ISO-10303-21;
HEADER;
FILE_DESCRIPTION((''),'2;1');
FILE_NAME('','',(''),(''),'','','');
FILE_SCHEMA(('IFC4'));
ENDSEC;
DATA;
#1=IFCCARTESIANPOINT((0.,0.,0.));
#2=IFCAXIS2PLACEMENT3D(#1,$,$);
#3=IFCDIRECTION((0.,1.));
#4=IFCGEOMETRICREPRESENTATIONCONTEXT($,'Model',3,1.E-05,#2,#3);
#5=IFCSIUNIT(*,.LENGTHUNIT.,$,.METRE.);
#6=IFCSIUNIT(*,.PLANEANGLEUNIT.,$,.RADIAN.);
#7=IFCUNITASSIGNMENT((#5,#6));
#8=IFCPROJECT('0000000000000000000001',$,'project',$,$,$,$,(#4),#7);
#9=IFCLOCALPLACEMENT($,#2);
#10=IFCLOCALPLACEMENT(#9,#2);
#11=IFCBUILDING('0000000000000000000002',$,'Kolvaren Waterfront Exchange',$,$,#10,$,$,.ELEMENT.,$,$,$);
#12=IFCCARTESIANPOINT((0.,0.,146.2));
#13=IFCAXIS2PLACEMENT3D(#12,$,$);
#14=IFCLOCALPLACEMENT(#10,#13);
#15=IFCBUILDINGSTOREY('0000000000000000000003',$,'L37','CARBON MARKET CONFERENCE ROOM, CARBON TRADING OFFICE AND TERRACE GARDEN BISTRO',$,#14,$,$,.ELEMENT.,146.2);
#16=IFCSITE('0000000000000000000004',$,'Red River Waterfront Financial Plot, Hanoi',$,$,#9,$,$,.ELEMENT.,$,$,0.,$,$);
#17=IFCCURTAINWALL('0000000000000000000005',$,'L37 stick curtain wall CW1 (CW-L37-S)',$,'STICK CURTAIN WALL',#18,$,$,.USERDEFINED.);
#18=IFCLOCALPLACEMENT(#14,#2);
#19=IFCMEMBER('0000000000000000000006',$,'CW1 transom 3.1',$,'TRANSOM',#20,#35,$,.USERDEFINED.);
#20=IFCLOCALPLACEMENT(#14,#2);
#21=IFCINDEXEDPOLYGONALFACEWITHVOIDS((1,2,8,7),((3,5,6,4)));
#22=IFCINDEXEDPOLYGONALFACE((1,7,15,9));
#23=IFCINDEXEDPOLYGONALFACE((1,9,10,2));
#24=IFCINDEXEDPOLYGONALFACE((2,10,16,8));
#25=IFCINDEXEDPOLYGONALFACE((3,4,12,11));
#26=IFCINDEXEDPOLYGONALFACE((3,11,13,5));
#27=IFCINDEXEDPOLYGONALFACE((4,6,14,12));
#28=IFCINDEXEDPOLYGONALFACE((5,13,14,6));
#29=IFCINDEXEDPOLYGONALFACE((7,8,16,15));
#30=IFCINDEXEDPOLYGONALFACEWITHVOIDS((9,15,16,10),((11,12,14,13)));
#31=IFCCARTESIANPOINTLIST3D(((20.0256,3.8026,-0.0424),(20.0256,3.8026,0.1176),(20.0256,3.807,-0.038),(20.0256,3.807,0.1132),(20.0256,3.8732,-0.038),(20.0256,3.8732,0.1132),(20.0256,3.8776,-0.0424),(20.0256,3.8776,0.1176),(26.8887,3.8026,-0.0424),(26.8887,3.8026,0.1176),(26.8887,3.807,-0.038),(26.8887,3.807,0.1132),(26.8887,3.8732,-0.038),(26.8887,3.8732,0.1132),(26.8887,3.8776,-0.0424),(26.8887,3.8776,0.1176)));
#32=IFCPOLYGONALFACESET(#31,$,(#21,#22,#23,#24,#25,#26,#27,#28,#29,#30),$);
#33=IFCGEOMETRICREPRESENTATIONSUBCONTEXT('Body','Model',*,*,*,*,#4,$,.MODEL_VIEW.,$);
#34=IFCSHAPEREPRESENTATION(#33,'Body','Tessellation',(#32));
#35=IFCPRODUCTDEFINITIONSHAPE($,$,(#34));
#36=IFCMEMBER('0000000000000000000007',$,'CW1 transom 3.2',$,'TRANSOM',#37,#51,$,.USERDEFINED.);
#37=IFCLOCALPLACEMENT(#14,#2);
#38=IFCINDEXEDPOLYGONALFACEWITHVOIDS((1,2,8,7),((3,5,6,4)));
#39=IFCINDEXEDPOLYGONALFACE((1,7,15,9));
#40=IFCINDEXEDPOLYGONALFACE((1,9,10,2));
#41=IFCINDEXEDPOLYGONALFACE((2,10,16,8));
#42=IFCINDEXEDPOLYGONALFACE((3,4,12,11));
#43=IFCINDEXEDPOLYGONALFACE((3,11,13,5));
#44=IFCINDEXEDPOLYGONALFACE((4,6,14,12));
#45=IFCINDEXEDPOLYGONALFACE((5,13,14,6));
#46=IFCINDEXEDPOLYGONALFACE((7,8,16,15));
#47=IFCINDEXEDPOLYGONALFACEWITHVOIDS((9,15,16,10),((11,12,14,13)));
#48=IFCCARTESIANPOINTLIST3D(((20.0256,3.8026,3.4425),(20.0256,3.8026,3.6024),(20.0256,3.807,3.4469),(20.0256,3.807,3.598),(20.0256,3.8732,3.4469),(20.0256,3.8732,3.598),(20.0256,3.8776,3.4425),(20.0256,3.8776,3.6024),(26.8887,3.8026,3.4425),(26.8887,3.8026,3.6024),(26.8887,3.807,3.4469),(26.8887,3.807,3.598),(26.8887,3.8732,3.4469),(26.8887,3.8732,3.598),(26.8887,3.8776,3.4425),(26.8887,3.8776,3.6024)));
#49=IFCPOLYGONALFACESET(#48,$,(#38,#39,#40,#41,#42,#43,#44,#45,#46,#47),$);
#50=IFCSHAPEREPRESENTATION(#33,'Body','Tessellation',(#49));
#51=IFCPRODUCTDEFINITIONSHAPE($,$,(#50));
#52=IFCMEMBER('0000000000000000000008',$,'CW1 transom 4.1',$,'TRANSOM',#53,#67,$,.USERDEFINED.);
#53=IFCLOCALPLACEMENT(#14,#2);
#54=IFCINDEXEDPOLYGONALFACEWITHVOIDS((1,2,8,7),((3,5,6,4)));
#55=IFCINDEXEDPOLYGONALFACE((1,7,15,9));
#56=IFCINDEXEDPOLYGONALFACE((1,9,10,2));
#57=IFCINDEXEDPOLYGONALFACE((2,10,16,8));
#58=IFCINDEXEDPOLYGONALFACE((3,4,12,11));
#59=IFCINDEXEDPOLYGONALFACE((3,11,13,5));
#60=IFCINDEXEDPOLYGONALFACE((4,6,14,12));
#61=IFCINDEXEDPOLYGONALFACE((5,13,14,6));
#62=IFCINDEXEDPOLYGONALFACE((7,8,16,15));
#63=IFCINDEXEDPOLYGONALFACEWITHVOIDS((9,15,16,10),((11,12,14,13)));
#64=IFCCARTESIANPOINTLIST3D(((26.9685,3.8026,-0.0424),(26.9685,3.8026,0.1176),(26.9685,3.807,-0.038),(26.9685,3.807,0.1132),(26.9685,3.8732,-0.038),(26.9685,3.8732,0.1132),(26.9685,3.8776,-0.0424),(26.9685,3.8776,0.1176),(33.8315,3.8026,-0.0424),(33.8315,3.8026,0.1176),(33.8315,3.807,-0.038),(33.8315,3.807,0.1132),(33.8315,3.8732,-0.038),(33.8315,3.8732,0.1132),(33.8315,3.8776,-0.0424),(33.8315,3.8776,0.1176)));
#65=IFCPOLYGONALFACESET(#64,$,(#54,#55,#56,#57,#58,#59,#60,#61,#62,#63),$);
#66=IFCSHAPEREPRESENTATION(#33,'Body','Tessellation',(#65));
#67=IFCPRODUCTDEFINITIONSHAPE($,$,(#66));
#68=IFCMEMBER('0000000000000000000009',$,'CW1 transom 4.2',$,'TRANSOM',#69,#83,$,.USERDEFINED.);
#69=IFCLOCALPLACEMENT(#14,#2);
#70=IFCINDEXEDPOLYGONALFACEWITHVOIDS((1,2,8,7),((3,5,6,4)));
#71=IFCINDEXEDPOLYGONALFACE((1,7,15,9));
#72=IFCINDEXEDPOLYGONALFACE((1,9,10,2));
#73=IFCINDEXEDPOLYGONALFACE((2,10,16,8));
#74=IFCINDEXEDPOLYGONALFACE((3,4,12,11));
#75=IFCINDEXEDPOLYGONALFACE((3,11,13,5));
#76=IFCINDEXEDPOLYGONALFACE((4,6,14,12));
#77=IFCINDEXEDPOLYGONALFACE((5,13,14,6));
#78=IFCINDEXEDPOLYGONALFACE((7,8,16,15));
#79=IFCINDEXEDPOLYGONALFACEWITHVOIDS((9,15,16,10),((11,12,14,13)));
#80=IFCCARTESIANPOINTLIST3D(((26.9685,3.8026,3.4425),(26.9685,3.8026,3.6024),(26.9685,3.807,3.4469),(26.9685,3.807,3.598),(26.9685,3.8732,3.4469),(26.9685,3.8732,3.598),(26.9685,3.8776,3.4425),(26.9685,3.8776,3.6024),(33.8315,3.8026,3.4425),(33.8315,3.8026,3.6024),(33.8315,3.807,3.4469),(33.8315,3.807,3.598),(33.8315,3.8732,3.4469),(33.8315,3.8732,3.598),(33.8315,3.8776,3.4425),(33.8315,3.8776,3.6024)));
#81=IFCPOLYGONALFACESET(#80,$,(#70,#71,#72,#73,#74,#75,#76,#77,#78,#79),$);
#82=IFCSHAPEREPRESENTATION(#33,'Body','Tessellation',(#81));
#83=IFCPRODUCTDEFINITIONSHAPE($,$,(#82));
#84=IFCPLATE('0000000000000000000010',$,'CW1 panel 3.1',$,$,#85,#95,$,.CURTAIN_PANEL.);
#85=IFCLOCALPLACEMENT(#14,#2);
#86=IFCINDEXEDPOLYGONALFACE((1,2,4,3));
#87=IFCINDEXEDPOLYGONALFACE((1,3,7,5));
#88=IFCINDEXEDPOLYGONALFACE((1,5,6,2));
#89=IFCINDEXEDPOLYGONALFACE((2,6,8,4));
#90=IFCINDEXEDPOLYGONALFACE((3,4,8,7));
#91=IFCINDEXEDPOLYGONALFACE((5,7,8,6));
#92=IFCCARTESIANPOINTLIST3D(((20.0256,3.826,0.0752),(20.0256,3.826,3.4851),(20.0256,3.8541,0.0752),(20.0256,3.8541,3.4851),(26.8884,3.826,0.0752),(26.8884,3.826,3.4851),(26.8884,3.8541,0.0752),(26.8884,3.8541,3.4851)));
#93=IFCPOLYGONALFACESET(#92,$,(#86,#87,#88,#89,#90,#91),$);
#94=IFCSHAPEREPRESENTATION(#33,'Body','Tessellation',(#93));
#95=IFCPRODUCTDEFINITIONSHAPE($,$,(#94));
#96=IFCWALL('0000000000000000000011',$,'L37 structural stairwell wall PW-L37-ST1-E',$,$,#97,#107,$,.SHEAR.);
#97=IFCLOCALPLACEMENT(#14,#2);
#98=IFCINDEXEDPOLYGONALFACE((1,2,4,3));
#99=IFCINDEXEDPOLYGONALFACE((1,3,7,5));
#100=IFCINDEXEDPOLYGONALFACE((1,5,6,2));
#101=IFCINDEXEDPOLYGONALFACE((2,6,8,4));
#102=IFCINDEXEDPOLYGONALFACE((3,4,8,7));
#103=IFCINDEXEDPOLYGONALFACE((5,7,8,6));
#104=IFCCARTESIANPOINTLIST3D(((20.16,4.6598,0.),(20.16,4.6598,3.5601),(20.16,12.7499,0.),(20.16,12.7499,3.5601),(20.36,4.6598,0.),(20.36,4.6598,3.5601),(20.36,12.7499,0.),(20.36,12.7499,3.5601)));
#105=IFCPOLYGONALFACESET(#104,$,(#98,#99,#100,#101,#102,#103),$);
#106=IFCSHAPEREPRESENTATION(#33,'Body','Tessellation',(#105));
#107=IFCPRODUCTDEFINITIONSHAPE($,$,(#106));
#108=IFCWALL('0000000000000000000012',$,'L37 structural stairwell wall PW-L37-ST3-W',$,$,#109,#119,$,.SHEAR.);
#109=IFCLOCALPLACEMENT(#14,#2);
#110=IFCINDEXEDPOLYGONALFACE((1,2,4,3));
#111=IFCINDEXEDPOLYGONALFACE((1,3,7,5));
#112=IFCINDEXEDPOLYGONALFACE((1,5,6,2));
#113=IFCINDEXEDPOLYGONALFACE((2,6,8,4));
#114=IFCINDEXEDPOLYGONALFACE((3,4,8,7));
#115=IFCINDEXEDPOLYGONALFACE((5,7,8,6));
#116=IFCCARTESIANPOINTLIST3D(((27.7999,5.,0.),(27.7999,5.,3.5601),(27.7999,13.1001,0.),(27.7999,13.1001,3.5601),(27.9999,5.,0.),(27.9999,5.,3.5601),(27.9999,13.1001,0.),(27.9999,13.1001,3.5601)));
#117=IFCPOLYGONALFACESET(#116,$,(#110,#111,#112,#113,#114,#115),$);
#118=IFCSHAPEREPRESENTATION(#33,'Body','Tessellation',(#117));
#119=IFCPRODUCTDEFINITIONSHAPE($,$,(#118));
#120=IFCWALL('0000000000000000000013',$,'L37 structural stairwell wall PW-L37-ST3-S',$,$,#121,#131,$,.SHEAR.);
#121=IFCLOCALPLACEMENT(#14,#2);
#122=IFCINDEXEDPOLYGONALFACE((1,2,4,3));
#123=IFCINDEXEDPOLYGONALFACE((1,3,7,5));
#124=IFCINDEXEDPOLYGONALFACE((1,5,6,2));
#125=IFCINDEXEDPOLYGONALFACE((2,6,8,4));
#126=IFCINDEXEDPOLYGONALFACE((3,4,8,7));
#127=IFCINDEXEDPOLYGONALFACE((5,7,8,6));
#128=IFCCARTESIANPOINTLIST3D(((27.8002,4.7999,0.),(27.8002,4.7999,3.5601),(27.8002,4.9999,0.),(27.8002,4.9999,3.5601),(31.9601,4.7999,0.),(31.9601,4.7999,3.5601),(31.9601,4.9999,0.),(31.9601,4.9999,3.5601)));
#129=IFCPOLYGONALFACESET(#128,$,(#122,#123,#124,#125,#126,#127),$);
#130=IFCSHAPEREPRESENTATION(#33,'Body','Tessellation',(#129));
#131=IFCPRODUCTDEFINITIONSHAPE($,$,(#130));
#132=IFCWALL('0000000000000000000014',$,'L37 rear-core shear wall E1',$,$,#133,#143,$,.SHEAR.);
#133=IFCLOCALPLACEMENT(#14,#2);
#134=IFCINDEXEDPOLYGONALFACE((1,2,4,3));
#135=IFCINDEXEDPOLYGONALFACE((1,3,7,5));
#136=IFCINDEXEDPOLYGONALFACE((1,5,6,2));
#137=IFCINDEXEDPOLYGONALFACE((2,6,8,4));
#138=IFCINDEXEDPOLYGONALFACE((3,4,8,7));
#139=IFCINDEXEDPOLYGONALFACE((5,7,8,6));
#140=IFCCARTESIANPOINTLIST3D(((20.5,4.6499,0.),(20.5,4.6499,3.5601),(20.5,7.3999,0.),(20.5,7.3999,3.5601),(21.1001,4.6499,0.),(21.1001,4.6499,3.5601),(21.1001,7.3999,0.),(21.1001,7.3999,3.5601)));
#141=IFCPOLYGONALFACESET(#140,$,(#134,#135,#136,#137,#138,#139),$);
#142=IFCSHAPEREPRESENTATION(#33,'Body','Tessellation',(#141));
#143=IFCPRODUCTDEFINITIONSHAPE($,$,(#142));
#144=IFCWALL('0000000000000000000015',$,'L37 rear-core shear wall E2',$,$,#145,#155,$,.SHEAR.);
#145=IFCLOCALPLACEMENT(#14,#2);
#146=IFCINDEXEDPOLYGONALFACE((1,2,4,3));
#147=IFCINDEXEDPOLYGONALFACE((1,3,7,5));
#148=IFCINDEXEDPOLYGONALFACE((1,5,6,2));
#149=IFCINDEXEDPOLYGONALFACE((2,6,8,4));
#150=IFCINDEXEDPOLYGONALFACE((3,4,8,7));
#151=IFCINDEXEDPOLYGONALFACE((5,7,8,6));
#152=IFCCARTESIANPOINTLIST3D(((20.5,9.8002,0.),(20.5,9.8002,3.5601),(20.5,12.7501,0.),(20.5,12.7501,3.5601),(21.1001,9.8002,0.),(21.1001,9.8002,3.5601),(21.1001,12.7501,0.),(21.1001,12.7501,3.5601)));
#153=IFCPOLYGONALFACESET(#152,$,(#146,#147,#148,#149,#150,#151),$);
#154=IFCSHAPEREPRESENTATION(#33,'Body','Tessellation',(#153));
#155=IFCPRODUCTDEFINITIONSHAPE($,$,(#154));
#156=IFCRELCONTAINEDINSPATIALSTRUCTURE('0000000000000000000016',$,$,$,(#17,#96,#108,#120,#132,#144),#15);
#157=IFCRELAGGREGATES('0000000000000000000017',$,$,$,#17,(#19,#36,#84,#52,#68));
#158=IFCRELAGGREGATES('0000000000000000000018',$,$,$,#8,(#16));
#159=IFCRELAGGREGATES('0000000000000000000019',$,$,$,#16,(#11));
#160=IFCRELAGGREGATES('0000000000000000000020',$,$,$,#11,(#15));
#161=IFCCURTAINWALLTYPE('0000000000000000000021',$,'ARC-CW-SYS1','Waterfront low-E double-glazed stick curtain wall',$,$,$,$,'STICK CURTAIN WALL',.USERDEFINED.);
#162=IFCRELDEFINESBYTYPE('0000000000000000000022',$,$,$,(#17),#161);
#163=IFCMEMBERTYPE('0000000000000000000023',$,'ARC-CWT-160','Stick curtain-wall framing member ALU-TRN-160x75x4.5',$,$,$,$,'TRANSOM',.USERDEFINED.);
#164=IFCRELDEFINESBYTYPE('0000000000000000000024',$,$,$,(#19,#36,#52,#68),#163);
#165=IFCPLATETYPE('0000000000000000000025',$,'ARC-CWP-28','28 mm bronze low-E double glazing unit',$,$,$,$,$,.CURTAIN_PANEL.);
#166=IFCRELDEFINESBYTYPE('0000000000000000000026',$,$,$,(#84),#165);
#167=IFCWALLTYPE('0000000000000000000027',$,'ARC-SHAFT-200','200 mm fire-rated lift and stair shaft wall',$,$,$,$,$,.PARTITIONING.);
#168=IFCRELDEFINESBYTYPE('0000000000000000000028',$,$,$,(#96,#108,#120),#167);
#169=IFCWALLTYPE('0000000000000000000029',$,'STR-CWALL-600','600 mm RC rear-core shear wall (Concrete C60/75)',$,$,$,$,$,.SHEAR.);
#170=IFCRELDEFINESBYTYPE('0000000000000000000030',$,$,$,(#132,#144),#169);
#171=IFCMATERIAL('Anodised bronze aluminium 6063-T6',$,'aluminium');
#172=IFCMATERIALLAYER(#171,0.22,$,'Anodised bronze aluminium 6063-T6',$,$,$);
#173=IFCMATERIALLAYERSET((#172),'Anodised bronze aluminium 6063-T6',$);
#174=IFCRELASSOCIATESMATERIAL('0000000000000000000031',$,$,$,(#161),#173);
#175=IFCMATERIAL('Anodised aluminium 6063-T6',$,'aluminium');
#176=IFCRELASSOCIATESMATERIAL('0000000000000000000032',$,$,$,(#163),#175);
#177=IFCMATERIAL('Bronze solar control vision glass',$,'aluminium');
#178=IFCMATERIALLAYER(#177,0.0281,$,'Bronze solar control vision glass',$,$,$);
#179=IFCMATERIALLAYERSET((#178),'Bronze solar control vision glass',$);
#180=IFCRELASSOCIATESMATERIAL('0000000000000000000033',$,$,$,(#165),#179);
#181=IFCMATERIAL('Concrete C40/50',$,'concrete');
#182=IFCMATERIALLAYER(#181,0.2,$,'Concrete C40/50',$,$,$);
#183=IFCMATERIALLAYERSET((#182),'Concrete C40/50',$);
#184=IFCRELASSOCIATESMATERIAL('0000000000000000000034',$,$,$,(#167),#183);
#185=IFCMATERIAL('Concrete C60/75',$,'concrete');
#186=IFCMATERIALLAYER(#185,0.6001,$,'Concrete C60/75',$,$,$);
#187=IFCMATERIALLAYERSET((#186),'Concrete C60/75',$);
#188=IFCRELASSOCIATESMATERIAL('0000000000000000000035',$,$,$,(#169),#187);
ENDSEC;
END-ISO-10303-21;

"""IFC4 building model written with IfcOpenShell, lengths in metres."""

from ifc_helpers import new_model, si_unit, direction, frame, frame_2d, origin, origin_with_axes, origin_2d, place, context, subcontext, project, spatial, rectangle, hollow_rectangle, extrude, source, transform, mapped, material, layer, layer_set, material_profile, profile_set, type_object, element, aggregate, save


model = new_model("IFC4")

# Units and contexts
model_context = context("Model", 3, precision=1e-05, world=origin(), true_north=direction((0.0, 1.0)))
body_context = subcontext(model_context, "Body", "Model", "MODEL_VIEW")
ifc_project = project(units=[si_unit("LENGTHUNIT", "METRE"), si_unit("PLANEANGLEUNIT", "RADIAN")], contexts=[model_context])

# Site, building, storey
site_placement = place(None, origin())
site = spatial("IfcSite", under=ifc_project, at=site_placement, Name="Red River Waterfront Financial Plot, Hanoi", CompositionType="ELEMENT", RefElevation=0.0)
building_placement = place(site_placement, origin())
building = spatial("IfcBuilding", under=site, at=building_placement, Name="Kolvaren Waterfront Exchange", CompositionType="ELEMENT")
storey_placement = place(building_placement, frame((0.0, 0.0, 146.2)))
storey = spatial("IfcBuildingStorey", under=building, at=storey_placement, Name="L37", Description="CARBON MARKET CONFERENCE ROOM, CARBON TRADING OFFICE AND TERRACE GARDEN BISTRO", CompositionType="ELEMENT", Elevation=146.2)

# Shared definitions
ifc_material_1 = material(Name="Concrete C60/75", Category="concrete")

# Curtain wall, members, plate
ifc_material_2 = material(Name="Anodised bronze aluminium 6063-T6", Category="aluminium")
ifc_layer_1 = layer(ifc_material_2, 0.22, Name="Anodised bronze aluminium 6063-T6")
ifc_layer_set_1 = layer_set([ifc_layer_1], Name="Anodised bronze aluminium 6063-T6")
curtain_wall_type = type_object("IfcCurtainWallType", Name="ARC-CW-SYS1", Description="Waterfront low-E double-glazed stick curtain wall", ElementType="STICK CURTAIN WALL", PredefinedType="USERDEFINED", material=ifc_layer_set_1)
curtain_wall_placement = place(storey_placement, origin())
curtain_wall = element("IfcCurtainWall", 1, at=curtain_wall_placement, inside=storey, type_object=curtain_wall_type, Name="L37 stick curtain wall CW1 (CW-L37-S)", ObjectType="STICK CURTAIN WALL", PredefinedType="USERDEFINED")
ifc_material_3 = material(Name="Anodised aluminium 6063-T6", Category="aluminium")
ifc_material_profile_1 = material_profile(ifc_material_3, hollow_rectangle(XDim=0.075, YDim=0.1599, WallThickness=0.0044, at=origin_2d()), Name="ALU-TRN-160x75x4.5")
ifc_profile_set_1 = profile_set([ifc_material_profile_1], Name="Anodised aluminium 6063-T6")
member_type_1 = type_object("IfcMemberType", Name="ARC-CWT-160", Description="Stick curtain-wall framing member ALU-TRN-160x75x4.5", ElementType="TRANSOM", PredefinedType="USERDEFINED", material=ifc_profile_set_1)
shared_shape_1 = source(origin_with_axes(), body_context, "Body", "SweptSolid", [
    extrude(hollow_rectangle(XDim=0.075, YDim=0.1599, WallThickness=0.0044, at=origin_2d()), origin(), (0.0, 0.0, 1.0), 6.863),
])
member_1_placement = place(storey_placement, frame((20.0256, 3.8401, 0.0376), z_axis=(1.0, 0.0, 0.0), x_axis=(0.0, 1.0, 0.0)))
member_1 = element("IfcMember", 2, at=member_1_placement, type_object=member_type_1, Name="CW1 transom 3.1", ObjectType="TRANSOM", PredefinedType="USERDEFINED", context=body_context, shape_type="MappedRepresentation", body=[
    mapped(shared_shape_1, transform((0.0, 0.0, 0.0), x_axis=(1.0, 0.0, 0.0), y_axis=(0.0, 1.0, 0.0), z_axis=(0.0, 0.0, 1.0), scale=1.0)),
])
member_2_placement = place(storey_placement, frame((20.0256, 3.8401, 3.5225), z_axis=(1.0, 0.0, 0.0), x_axis=(0.0, 1.0, 0.0)))
member_2 = element("IfcMember", 3, at=member_2_placement, type_object=member_type_1, Name="CW1 transom 3.2", ObjectType="TRANSOM", PredefinedType="USERDEFINED", context=body_context, shape_type="MappedRepresentation", body=[
    mapped(shared_shape_1, transform((0.0, 0.0, 0.0), x_axis=(1.0, 0.0, 0.0), y_axis=(0.0, 1.0, 0.0), z_axis=(0.0, 0.0, 1.0), scale=1.0)),
])
member_3_placement = place(storey_placement, frame((26.9685, 3.8401, 0.0376), z_axis=(1.0, 0.0, 0.0), x_axis=(0.0, 1.0, 0.0)))
member_3 = element("IfcMember", 4, at=member_3_placement, type_object=member_type_1, Name="CW1 transom 4.1", ObjectType="TRANSOM", PredefinedType="USERDEFINED", context=body_context, shape_type="MappedRepresentation", body=[
    mapped(shared_shape_1, transform((0.0, 0.0, 0.0), x_axis=(1.0, 0.0, 0.0), y_axis=(0.0, 1.0, 0.0), z_axis=(0.0, 0.0, 1.0), scale=1.0)),
])
member_4_placement = place(storey_placement, frame((26.9685, 3.8401, 3.5225), z_axis=(1.0, 0.0, 0.0), x_axis=(0.0, 1.0, 0.0)))
member_4 = element("IfcMember", 5, at=member_4_placement, type_object=member_type_1, Name="CW1 transom 4.2", ObjectType="TRANSOM", PredefinedType="USERDEFINED", context=body_context, shape_type="MappedRepresentation", body=[
    mapped(shared_shape_1, transform((0.0, 0.0, 0.0), x_axis=(1.0, 0.0, 0.0), y_axis=(0.0, 1.0, 0.0), z_axis=(0.0, 0.0, 1.0), scale=1.0)),
])
ifc_material_4 = material(Name="Bronze solar control vision glass", Category="aluminium")
ifc_layer_2 = layer(ifc_material_4, 0.0281, Name="Bronze solar control vision glass")
ifc_layer_set_2 = layer_set([ifc_layer_2], Name="Bronze solar control vision glass")
plate_type = type_object("IfcPlateType", Name="ARC-CWP-28", Description="28 mm bronze low-E double glazing unit", PredefinedType="CURTAIN_PANEL", material=ifc_layer_set_2)
shared_shape_2 = source(origin_with_axes(), body_context, "Body", "SweptSolid", [
    extrude(rectangle(XDim=6.8628, YDim=0.0281, at=origin_2d()), origin(), (0.0, 0.0, 1.0), 3.4099),
])
plate_placement = place(storey_placement, frame((23.457, 3.8401, 0.0752), z_axis=(0.0, 0.0, 1.0), x_axis=(1.0, 0.0, 0.0)))
plate = element("IfcPlate", 6, at=plate_placement, type_object=plate_type, Name="CW1 panel 3.1", PredefinedType="CURTAIN_PANEL", context=body_context, shape_type="MappedRepresentation", body=[
    mapped(shared_shape_2, transform((0.0, 0.0, 0.0), x_axis=(1.0, 0.0, 0.0), y_axis=(0.0, 1.0, 0.0), z_axis=(0.0, 0.0, 1.0), scale=1.0)),
])
aggregate(curtain_wall, [member_1, member_2, plate, member_3, member_4])

# Walls
ifc_material_5 = material(Name="Concrete C40/50", Category="concrete")
ifc_layer_3 = layer(ifc_material_5, 0.2, Name="Concrete C40/50")
ifc_layer_set_3 = layer_set([ifc_layer_3], Name="Concrete C40/50")
wall_type_1 = type_object("IfcWallType", Name="ARC-SHAFT-200", Description="200 mm fire-rated lift and stair shaft wall", PredefinedType="PARTITIONING", material=ifc_layer_set_3)
wall_1_placement = place(storey_placement, frame((20.26, 4.6599, 0.0), z_axis=(0.0, 0.0, 1.0), x_axis=(0.0, 1.0, 0.0)))
element("IfcWall", 7, at=wall_1_placement, inside=storey, type_object=wall_type_1, Name="L37 structural stairwell wall PW-L37-ST1-E", PredefinedType="SHEAR", context=body_context, shape_type="SweptSolid", body=[
    extrude(rectangle(XDim=8.0901, YDim=0.2, at=frame_2d((4.0449, 0.0))), origin(), (0.0, 0.0, 1.0), 3.5601),
])
wall_2_placement = place(storey_placement, frame((27.8999, 5.0, 0.0), z_axis=(0.0, 0.0, 1.0), x_axis=(0.0, 1.0, 0.0)))
element("IfcWall", 8, at=wall_2_placement, inside=storey, type_object=wall_type_1, Name="L37 structural stairwell wall PW-L37-ST3-W", PredefinedType="SHEAR", context=body_context, shape_type="SweptSolid", body=[
    extrude(rectangle(XDim=8.1001, YDim=0.2, at=frame_2d((4.05, 0.0))), origin(), (0.0, 0.0, 1.0), 3.5601),
])
wall_3_placement = place(storey_placement, frame((27.8, 4.8999, 0.0), z_axis=(0.0, 0.0, 1.0), x_axis=(1.0, 0.0, 0.0)))
element("IfcWall", 9, at=wall_3_placement, inside=storey, type_object=wall_type_1, Name="L37 structural stairwell wall PW-L37-ST3-S", PredefinedType="SHEAR", context=body_context, shape_type="SweptSolid", body=[
    extrude(rectangle(XDim=4.1599, YDim=0.2, at=frame_2d((2.0801, 0.0))), origin(), (0.0, 0.0, 1.0), 3.5601),
])
ifc_layer_4 = layer(ifc_material_1, 0.6001, Name="Concrete C60/75")
ifc_layer_set_4 = layer_set([ifc_layer_4], Name="Concrete C60/75")
wall_type_2 = type_object("IfcWallType", Name="STR-CWALL-600", Description="600 mm RC rear-core shear wall (Concrete C60/75)", PredefinedType="SHEAR", material=ifc_layer_set_4)
wall_4_placement = place(storey_placement, frame((20.8, 4.6499, 0.0), z_axis=(0.0, 0.0, 1.0), x_axis=(0.0, 1.0, 0.0)))
element("IfcWall", 10, at=wall_4_placement, inside=storey, type_object=wall_type_2, Name="L37 rear-core shear wall E1", PredefinedType="SHEAR", context=body_context, shape_type="SweptSolid", body=[
    extrude(rectangle(XDim=2.75, YDim=0.6001, at=frame_2d((1.375, 0.0))), origin(), (0.0, 0.0, 1.0), 3.5601),
])
wall_5_placement = place(storey_placement, frame((20.8, 9.8, 0.0), z_axis=(0.0, 0.0, 1.0), x_axis=(0.0, 1.0, 0.0)))
element("IfcWall", 11, at=wall_5_placement, inside=storey, type_object=wall_type_2, Name="L37 rear-core shear wall E2", PredefinedType="SHEAR", context=body_context, shape_type="SweptSolid", body=[
    extrude(rectangle(XDim=2.95, YDim=0.6001, at=frame_2d((1.4751, 0.0))), origin(), (0.0, 0.0, 1.0), 3.5601),
])

save(model, "model.ifc")
